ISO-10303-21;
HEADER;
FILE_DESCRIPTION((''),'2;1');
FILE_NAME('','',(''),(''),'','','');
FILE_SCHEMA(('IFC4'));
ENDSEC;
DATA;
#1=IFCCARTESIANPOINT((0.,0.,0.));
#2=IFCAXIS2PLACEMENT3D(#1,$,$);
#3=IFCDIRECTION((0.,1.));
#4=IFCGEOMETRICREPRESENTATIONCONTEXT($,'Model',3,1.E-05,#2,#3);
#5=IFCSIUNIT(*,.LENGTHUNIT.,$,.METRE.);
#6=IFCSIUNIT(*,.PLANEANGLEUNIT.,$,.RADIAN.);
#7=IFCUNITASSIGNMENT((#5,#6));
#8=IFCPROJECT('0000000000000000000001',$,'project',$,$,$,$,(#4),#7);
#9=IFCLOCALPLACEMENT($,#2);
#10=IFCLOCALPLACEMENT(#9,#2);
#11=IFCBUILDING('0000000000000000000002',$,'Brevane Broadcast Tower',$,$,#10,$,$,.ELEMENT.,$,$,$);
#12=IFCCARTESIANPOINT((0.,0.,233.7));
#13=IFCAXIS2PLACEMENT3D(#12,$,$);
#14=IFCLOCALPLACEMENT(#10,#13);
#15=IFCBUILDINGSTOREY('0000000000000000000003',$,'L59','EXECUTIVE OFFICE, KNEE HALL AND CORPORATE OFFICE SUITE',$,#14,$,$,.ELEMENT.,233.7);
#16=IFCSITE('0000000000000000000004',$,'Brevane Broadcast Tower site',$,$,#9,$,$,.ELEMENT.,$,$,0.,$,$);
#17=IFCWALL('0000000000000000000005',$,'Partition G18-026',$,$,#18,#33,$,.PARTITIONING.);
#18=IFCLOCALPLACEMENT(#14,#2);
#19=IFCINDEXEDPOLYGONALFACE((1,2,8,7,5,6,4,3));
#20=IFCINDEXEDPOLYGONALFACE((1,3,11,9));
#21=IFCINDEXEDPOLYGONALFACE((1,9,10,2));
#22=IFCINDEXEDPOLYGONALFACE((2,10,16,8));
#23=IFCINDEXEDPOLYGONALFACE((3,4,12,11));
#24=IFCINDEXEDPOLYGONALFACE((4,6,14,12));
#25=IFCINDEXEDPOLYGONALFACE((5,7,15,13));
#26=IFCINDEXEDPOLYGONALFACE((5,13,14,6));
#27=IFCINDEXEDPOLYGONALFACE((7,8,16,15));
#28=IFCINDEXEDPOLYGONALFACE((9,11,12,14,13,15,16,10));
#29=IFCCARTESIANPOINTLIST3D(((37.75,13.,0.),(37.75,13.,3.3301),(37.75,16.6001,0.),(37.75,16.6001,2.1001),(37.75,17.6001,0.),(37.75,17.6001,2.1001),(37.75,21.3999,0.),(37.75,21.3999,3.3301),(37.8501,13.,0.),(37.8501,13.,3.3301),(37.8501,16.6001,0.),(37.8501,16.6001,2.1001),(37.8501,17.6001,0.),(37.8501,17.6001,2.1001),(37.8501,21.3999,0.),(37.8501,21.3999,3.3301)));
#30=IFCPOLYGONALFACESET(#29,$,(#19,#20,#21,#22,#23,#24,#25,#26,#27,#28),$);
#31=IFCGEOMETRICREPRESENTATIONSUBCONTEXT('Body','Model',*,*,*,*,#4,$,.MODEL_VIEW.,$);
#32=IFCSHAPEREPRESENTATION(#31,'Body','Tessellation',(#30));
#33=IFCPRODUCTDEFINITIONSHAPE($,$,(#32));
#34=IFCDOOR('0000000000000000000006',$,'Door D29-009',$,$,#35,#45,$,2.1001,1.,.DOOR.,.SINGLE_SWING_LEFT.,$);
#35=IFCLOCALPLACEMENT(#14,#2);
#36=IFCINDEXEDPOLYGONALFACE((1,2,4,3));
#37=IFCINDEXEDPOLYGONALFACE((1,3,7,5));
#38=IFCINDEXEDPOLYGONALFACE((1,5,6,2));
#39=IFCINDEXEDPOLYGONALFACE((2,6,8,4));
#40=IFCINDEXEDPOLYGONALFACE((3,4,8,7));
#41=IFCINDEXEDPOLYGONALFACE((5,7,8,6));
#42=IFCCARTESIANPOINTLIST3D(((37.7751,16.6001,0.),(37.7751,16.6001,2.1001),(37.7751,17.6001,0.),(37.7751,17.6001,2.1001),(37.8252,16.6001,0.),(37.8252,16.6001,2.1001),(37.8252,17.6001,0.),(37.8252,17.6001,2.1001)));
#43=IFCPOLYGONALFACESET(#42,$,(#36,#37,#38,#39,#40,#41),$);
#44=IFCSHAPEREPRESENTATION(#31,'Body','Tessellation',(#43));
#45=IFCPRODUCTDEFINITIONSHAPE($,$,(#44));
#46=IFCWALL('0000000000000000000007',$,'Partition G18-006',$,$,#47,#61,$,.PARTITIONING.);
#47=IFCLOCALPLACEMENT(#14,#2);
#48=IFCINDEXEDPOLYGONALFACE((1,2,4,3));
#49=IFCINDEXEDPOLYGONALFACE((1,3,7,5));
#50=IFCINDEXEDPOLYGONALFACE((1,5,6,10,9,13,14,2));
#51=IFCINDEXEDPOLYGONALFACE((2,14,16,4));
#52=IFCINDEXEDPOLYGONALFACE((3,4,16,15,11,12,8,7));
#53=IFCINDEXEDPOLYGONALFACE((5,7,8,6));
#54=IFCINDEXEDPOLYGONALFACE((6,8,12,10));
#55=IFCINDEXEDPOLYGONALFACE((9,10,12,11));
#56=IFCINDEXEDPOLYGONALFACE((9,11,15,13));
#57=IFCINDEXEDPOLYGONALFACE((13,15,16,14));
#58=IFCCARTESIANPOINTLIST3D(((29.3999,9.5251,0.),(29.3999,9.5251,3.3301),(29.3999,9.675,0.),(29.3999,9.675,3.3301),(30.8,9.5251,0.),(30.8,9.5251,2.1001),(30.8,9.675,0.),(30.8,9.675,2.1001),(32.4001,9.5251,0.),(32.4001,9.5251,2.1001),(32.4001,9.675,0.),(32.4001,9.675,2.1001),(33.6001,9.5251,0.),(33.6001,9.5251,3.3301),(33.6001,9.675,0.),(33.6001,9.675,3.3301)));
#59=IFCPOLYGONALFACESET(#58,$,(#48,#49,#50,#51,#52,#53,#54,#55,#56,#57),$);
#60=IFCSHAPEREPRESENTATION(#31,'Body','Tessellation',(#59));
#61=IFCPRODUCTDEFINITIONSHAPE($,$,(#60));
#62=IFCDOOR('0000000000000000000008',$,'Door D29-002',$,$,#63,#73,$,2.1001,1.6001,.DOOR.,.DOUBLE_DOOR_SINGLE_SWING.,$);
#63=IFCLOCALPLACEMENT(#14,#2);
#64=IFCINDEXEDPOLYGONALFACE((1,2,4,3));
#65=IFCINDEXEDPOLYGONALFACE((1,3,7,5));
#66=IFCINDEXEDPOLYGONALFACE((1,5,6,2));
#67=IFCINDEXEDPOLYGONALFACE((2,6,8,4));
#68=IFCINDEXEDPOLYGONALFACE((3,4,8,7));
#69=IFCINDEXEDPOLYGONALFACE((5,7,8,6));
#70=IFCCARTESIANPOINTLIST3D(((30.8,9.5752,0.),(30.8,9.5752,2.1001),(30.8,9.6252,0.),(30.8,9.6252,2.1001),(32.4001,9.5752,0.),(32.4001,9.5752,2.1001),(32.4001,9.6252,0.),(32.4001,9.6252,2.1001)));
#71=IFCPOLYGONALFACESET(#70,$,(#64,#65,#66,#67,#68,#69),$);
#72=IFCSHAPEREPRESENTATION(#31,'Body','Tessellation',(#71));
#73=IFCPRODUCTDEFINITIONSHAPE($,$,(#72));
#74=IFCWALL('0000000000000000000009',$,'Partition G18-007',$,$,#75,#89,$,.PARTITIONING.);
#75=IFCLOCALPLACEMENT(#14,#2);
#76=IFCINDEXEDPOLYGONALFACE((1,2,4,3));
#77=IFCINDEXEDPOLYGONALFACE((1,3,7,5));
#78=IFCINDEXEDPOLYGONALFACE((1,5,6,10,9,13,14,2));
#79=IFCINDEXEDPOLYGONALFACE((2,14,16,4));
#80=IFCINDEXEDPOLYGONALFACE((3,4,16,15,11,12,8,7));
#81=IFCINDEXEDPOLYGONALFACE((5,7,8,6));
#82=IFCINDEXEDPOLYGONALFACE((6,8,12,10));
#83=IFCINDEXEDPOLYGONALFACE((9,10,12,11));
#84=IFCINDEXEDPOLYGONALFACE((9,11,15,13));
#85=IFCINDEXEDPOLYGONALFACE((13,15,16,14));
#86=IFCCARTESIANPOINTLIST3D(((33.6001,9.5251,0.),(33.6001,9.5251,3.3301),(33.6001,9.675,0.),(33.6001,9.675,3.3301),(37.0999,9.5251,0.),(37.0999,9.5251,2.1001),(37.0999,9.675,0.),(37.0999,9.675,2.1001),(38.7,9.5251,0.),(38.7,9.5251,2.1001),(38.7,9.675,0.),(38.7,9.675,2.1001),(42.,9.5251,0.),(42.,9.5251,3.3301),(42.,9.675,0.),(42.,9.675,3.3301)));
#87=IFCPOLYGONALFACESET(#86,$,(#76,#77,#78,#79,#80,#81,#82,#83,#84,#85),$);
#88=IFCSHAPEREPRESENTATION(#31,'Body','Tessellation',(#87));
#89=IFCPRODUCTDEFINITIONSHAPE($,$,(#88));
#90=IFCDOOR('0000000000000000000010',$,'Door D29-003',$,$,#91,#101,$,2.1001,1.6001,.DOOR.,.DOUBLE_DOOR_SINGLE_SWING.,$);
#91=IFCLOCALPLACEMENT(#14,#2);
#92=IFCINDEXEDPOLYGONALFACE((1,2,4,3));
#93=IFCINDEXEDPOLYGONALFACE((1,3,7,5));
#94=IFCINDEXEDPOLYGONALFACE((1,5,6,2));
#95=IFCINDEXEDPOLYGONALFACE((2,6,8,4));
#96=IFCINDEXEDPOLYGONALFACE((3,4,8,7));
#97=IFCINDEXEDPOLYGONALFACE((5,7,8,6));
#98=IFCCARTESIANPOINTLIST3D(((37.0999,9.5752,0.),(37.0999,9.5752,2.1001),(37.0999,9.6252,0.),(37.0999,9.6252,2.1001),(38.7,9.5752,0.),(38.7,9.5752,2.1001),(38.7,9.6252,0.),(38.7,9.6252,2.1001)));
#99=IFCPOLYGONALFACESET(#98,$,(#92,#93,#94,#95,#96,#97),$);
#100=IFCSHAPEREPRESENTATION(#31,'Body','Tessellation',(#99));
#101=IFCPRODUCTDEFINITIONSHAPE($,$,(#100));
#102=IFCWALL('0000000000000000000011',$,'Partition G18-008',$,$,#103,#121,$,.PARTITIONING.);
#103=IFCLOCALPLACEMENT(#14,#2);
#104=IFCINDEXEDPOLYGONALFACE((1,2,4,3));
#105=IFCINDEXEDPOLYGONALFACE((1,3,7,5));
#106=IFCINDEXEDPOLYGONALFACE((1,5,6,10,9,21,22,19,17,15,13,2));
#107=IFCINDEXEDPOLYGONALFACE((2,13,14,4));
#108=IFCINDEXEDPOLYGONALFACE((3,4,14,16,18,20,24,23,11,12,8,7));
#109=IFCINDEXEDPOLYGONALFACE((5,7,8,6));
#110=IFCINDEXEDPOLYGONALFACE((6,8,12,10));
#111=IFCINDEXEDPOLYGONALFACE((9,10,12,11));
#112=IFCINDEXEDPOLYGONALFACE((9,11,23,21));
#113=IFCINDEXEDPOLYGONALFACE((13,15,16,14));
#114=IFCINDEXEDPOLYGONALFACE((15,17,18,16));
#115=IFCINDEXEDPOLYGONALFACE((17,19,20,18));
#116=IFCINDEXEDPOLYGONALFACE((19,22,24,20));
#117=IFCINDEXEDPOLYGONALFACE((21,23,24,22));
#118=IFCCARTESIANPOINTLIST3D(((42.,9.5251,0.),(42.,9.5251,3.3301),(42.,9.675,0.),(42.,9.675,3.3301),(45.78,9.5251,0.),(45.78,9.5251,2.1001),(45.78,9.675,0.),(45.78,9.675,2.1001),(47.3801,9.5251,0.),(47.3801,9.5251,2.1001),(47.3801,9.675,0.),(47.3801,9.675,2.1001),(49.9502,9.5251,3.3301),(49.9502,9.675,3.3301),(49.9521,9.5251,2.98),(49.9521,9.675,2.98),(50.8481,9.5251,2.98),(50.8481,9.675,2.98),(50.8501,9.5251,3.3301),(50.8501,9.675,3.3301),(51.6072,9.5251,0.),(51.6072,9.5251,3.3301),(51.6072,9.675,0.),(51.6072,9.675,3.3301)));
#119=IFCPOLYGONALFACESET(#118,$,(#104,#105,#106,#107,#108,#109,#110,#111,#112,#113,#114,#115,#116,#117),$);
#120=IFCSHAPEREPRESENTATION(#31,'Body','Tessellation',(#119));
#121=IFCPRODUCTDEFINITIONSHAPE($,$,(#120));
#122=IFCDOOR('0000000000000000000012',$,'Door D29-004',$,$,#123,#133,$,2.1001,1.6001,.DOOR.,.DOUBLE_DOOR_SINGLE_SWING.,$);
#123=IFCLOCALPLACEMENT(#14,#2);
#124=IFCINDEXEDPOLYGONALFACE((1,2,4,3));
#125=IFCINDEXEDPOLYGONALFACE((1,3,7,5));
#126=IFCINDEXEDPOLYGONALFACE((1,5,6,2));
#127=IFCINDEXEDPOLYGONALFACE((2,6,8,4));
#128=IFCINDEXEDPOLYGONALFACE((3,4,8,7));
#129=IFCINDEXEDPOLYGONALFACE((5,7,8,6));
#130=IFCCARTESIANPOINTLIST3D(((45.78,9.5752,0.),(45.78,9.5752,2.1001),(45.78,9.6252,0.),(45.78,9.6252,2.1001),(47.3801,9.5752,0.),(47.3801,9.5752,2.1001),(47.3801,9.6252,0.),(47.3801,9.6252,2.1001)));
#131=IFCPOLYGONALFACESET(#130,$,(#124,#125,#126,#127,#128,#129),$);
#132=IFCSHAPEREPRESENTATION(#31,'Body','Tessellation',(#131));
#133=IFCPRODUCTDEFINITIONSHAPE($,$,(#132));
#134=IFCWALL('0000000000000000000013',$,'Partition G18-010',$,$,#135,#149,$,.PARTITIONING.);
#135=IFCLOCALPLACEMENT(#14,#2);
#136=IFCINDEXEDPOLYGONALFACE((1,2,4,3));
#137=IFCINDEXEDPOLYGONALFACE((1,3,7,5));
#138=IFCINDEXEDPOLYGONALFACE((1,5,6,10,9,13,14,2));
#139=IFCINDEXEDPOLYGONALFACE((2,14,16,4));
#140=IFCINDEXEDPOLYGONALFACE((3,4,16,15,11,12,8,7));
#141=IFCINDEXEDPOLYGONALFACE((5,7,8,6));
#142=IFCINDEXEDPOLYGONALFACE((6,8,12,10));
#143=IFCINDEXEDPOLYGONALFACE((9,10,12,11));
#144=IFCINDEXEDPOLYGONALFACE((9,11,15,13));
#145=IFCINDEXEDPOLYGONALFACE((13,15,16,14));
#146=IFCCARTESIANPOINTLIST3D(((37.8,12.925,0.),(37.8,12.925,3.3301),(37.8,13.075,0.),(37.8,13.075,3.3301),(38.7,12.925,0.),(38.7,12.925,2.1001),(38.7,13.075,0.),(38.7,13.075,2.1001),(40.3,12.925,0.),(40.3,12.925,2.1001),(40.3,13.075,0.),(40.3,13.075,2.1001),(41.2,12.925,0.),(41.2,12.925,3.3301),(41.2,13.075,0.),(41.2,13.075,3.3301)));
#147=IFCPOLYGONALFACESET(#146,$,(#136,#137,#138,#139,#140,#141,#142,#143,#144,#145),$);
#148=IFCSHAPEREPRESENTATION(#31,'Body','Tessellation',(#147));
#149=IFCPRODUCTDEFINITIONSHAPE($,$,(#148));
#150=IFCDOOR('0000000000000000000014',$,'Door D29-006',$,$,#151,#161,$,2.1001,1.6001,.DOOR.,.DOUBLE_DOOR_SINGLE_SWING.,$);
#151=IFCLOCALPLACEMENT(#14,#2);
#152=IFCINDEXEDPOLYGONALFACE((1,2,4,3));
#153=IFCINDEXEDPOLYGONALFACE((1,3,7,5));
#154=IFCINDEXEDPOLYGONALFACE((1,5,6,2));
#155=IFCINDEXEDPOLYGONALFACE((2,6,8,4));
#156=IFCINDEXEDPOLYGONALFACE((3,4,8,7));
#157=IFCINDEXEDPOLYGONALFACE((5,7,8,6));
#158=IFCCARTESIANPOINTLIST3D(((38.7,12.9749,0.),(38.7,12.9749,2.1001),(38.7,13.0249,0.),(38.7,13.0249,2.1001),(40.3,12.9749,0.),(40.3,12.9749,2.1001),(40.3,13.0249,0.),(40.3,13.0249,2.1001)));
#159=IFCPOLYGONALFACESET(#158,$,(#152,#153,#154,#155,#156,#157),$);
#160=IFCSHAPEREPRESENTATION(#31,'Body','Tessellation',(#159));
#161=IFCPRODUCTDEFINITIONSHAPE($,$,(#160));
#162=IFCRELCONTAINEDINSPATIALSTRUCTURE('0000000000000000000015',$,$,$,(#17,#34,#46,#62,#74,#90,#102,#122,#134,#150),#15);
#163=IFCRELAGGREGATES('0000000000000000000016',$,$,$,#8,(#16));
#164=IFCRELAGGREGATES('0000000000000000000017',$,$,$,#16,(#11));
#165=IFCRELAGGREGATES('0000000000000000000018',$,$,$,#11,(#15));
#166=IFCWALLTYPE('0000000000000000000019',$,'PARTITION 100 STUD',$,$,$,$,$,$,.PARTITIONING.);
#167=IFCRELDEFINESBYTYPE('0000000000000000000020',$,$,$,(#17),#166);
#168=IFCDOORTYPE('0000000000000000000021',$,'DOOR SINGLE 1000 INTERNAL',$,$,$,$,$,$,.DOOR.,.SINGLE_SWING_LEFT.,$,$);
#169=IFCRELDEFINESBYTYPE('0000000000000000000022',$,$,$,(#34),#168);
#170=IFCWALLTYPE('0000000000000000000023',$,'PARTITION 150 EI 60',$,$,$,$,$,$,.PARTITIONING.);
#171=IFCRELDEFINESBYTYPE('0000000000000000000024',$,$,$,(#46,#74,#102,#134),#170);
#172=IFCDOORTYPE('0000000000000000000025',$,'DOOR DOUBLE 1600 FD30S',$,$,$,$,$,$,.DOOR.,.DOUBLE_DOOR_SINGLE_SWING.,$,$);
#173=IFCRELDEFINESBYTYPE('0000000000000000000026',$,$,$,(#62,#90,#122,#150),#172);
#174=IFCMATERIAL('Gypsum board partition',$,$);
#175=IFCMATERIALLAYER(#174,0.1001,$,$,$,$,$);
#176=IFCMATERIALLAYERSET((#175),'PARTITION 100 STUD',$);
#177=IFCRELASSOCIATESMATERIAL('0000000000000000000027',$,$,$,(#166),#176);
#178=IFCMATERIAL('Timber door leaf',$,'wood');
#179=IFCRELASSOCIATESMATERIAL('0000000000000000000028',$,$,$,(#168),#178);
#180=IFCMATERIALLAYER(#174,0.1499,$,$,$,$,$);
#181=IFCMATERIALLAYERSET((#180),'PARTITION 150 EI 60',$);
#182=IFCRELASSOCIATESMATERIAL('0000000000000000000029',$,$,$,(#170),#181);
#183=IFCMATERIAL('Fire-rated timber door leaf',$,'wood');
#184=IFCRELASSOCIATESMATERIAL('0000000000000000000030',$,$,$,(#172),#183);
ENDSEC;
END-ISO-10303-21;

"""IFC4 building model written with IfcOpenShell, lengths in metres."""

from ifc_helpers import new_model, si_unit, direction, frame, frame_2d, origin, place, context, subcontext, project, spatial, polyline, rectangle, outline, extrude, material, layer, layer_set, type_object, element, fill, save


model = new_model("IFC4")

# Units and contexts
model_context = context("Model", 3, precision=1e-05, world=origin(), true_north=direction((0.0, 1.0)))
body_context = subcontext(model_context, "Body", "Model", "MODEL_VIEW")
ifc_project = project(units=[si_unit("LENGTHUNIT", "METRE"), si_unit("PLANEANGLEUNIT", "RADIAN")], contexts=[model_context])

# Site, building, storey
site_placement = place(None, origin())
site = spatial("IfcSite", under=ifc_project, at=site_placement, Name="Brevane Broadcast Tower site", CompositionType="ELEMENT", RefElevation=0.0)
building_placement = place(site_placement, origin())
building = spatial("IfcBuilding", under=site, at=building_placement, Name="Brevane Broadcast Tower", CompositionType="ELEMENT")
storey_placement = place(building_placement, frame((0.0, 0.0, 233.7)))
storey = spatial("IfcBuildingStorey", under=building, at=storey_placement, Name="L59", Description="EXECUTIVE OFFICE, KNEE HALL AND CORPORATE OFFICE SUITE", CompositionType="ELEMENT", Elevation=233.7)

# Shared definitions
ifc_material_1 = material(Name="Gypsum board partition")
ifc_layer_1 = layer(ifc_material_1, 0.1001)
ifc_layer_set_1 = layer_set([ifc_layer_1], Name="PARTITION 100 STUD")
wall_type_1 = type_object("IfcWallType", Name="PARTITION 100 STUD", PredefinedType="PARTITIONING", material=ifc_layer_set_1)

# Walls, openings, doors
wall_1_placement = place(storey_placement, frame((37.8, 13.0, 0.0), z_axis=(0.0, 0.0, 1.0), x_axis=(0.0, 1.0, 0.0)))
wall_1 = element("IfcWall", 1, at=wall_1_placement, inside=storey, type_object=wall_type_1, Name="Partition G18-026", PredefinedType="PARTITIONING", context=body_context, shape_type="SweptSolid", body=[
    extrude(rectangle(XDim=8.3999, YDim=0.1001, at=frame_2d((4.2, 0.0))), origin(), (0.0, 0.0, 1.0), 3.3301),
])
opening_1_placement = place(wall_1_placement, frame((3.6001, 0.0, 0.0)))
opening_1 = element("IfcOpeningElement", 2, at=opening_1_placement, cuts=wall_1, PredefinedType="OPENING", context=body_context, shape_type="SweptSolid", body=[
    extrude(rectangle(XDim=1.0, YDim=2.1001, at=frame_2d((0.5, 1.05))), frame((0.0, 0.0601, 0.0), z_axis=(0.0, -1.0, 0.0), x_axis=(1.0, 0.0, 0.0)), (0.0, 0.0, 1.0), 0.1201),
])
ifc_material_2 = material(Name="Timber door leaf", Category="wood")
door_type_1 = type_object("IfcDoorType", Name="DOOR SINGLE 1000 INTERNAL", OperationType="SINGLE_SWING_LEFT", PredefinedType="DOOR", material=ifc_material_2)
door_1_placement = place(opening_1_placement, origin())
door_1 = element("IfcDoor", 3, at=door_1_placement, inside=storey, type_object=door_type_1, Name="Door D29-009", OperationType="SINGLE_SWING_LEFT", OverallHeight=2.1001, OverallWidth=1.0, PredefinedType="DOOR", context=body_context, shape_type="SweptSolid", body=[
    extrude(rectangle(XDim=1.0, YDim=2.1001, at=frame_2d((0.5, 1.05))), frame((0.0, 0.0249, 0.0), z_axis=(0.0, -1.0, 0.0), x_axis=(1.0, 0.0, 0.0)), (0.0, 0.0, 1.0), 0.05),
])
fill(opening_1, door_1)
ifc_layer_2 = layer(ifc_material_1, 0.1499)
ifc_layer_set_2 = layer_set([ifc_layer_2], Name="PARTITION 150 EI 60")
wall_type_2 = type_object("IfcWallType", Name="PARTITION 150 EI 60", PredefinedType="PARTITIONING", material=ifc_layer_set_2)
wall_2_placement = place(storey_placement, frame((33.6001, 9.6001, 0.0), z_axis=(0.0, 0.0, 1.0), x_axis=(-1.0, 0.0, 0.0)))
wall_2 = element("IfcWall", 4, at=wall_2_placement, inside=storey, type_object=wall_type_2, Name="Partition G18-006", PredefinedType="PARTITIONING", context=body_context, shape_type="SweptSolid", body=[
    extrude(rectangle(XDim=4.2002, YDim=0.1499, at=frame_2d((2.1001, 0.0))), origin(), (0.0, 0.0, 1.0), 3.3301),
])
opening_2_placement = place(wall_2_placement, frame((1.2, 0.0, 0.0)))
opening_2 = element("IfcOpeningElement", 5, at=opening_2_placement, cuts=wall_2, PredefinedType="OPENING", context=body_context, shape_type="SweptSolid", body=[
    extrude(rectangle(XDim=1.6001, YDim=2.1001, at=frame_2d((0.8, 1.05))), frame((0.0, 0.085, 0.0), z_axis=(0.0, -1.0, 0.0), x_axis=(1.0, 0.0, 0.0)), (0.0, 0.0, 1.0), 0.1699),
])
ifc_material_3 = material(Name="Fire-rated timber door leaf", Category="wood")
door_type_2 = type_object("IfcDoorType", Name="DOOR DOUBLE 1600 FD30S", OperationType="DOUBLE_DOOR_SINGLE_SWING", PredefinedType="DOOR", material=ifc_material_3)
door_2_placement = place(opening_2_placement, origin())
door_2 = element("IfcDoor", 6, at=door_2_placement, inside=storey, type_object=door_type_2, Name="Door D29-002", OperationType="DOUBLE_DOOR_SINGLE_SWING", OverallHeight=2.1001, OverallWidth=1.6001, PredefinedType="DOOR", context=body_context, shape_type="SweptSolid", body=[
    extrude(rectangle(XDim=1.6001, YDim=2.1001, at=frame_2d((0.8, 1.05))), frame((0.0, 0.0249, 0.0), z_axis=(0.0, -1.0, 0.0), x_axis=(1.0, 0.0, 0.0)), (0.0, 0.0, 1.0), 0.05),
])
fill(opening_2, door_2)
wall_3_placement = place(storey_placement, frame((42.0, 9.6001, 0.0), z_axis=(0.0, 0.0, 1.0), x_axis=(-1.0, 0.0, 0.0)))
wall_3 = element("IfcWall", 7, at=wall_3_placement, inside=storey, type_object=wall_type_2, Name="Partition G18-007", PredefinedType="PARTITIONING", context=body_context, shape_type="SweptSolid", body=[
    extrude(rectangle(XDim=8.3999, YDim=0.1499, at=frame_2d((4.2, 0.0))), origin(), (0.0, 0.0, 1.0), 3.3301),
])
opening_3_placement = place(wall_3_placement, frame((3.3, 0.0, 0.0)))
opening_3 = element("IfcOpeningElement", 8, at=opening_3_placement, cuts=wall_3, PredefinedType="OPENING", context=body_context, shape_type="SweptSolid", body=[
    extrude(rectangle(XDim=1.6001, YDim=2.1001, at=frame_2d((0.8, 1.05))), frame((0.0, 0.085, 0.0), z_axis=(0.0, -1.0, 0.0), x_axis=(1.0, 0.0, 0.0)), (0.0, 0.0, 1.0), 0.1699),
])
door_3_placement = place(opening_3_placement, origin())
door_3 = element("IfcDoor", 9, at=door_3_placement, inside=storey, type_object=door_type_2, Name="Door D29-003", OperationType="DOUBLE_DOOR_SINGLE_SWING", OverallHeight=2.1001, OverallWidth=1.6001, PredefinedType="DOOR", context=body_context, shape_type="SweptSolid", body=[
    extrude(rectangle(XDim=1.6001, YDim=2.1001, at=frame_2d((0.8, 1.05))), frame((0.0, 0.0249, 0.0), z_axis=(0.0, -1.0, 0.0), x_axis=(1.0, 0.0, 0.0)), (0.0, 0.0, 1.0), 0.05),
])
fill(opening_3, door_3)
wall_4_placement = place(storey_placement, frame((51.6072, 9.6001, 0.0), z_axis=(0.0, 0.0, 1.0), x_axis=(-1.0, 0.0, 0.0)))
wall_4 = element("IfcWall", 10, at=wall_4_placement, inside=storey, type_object=wall_type_2, Name="Partition G18-008", PredefinedType="PARTITIONING", context=body_context, shape_type="SweptSolid", body=[
    extrude(outline(polyline([(0.0, 0.0), (9.6072, 0.0), (9.6072, 3.3301), (1.657, 3.3301), (1.655, 2.98), (0.759, 2.98), (0.7571, 3.3301), (0.1272, 3.3301), (0.0, 3.3301), (0.0, 0.0)])), frame((0.0, 0.075, 0.0), z_axis=(0.0, -1.0, 0.0), x_axis=(1.0, 0.0, 0.0)), (0.0, 0.0, 1.0), 0.1499),
])
opening_4_placement = place(wall_4_placement, frame((4.2271, 0.0, 0.0)))
opening_4 = element("IfcOpeningElement", 11, at=opening_4_placement, cuts=wall_4, PredefinedType="OPENING", context=body_context, shape_type="SweptSolid", body=[
    extrude(rectangle(XDim=1.6001, YDim=2.1001, at=frame_2d((0.8, 1.05))), frame((0.0, 0.085, 0.0), z_axis=(0.0, -1.0, 0.0), x_axis=(1.0, 0.0, 0.0)), (0.0, 0.0, 1.0), 0.1699),
])
door_4_placement = place(opening_4_placement, origin())
door_4 = element("IfcDoor", 12, at=door_4_placement, inside=storey, type_object=door_type_2, Name="Door D29-004", OperationType="DOUBLE_DOOR_SINGLE_SWING", OverallHeight=2.1001, OverallWidth=1.6001, PredefinedType="DOOR", context=body_context, shape_type="SweptSolid", body=[
    extrude(rectangle(XDim=1.6001, YDim=2.1001, at=frame_2d((0.8, 1.05))), frame((0.0, 0.0249, 0.0), z_axis=(0.0, -1.0, 0.0), x_axis=(1.0, 0.0, 0.0)), (0.0, 0.0, 1.0), 0.05),
])
fill(opening_4, door_4)
wall_5_placement = place(storey_placement, frame((37.8, 13.0, 0.0), z_axis=(0.0, 0.0, 1.0), x_axis=(1.0, 0.0, 0.0)))
wall_5 = element("IfcWall", 13, at=wall_5_placement, inside=storey, type_object=wall_type_2, Name="Partition G18-010", PredefinedType="PARTITIONING", context=body_context, shape_type="SweptSolid", body=[
    extrude(rectangle(XDim=3.3999, YDim=0.1499, at=frame_2d((1.7, 0.0))), origin(), (0.0, 0.0, 1.0), 3.3301),
])
opening_5_placement = place(wall_5_placement, frame((0.8999, 0.0, 0.0)))
opening_5 = element("IfcOpeningElement", 14, at=opening_5_placement, cuts=wall_5, PredefinedType="OPENING", context=body_context, shape_type="SweptSolid", body=[
    extrude(rectangle(XDim=1.6001, YDim=2.1001, at=frame_2d((0.8, 1.05))), frame((0.0, 0.085, 0.0), z_axis=(0.0, -1.0, 0.0), x_axis=(1.0, 0.0, 0.0)), (0.0, 0.0, 1.0), 0.1699),
])
door_5_placement = place(opening_5_placement, origin())
door_5 = element("IfcDoor", 15, at=door_5_placement, inside=storey, type_object=door_type_2, Name="Door D29-006", OperationType="DOUBLE_DOOR_SINGLE_SWING", OverallHeight=2.1001, OverallWidth=1.6001, PredefinedType="DOOR", context=body_context, shape_type="SweptSolid", body=[
    extrude(rectangle(XDim=1.6001, YDim=2.1001, at=frame_2d((0.8, 1.05))), frame((0.0, 0.0249, 0.0), z_axis=(0.0, -1.0, 0.0), x_axis=(1.0, 0.0, 0.0)), (0.0, 0.0, 1.0), 0.05),
])
fill(opening_5, door_5)

save(model, "model.ifc")
